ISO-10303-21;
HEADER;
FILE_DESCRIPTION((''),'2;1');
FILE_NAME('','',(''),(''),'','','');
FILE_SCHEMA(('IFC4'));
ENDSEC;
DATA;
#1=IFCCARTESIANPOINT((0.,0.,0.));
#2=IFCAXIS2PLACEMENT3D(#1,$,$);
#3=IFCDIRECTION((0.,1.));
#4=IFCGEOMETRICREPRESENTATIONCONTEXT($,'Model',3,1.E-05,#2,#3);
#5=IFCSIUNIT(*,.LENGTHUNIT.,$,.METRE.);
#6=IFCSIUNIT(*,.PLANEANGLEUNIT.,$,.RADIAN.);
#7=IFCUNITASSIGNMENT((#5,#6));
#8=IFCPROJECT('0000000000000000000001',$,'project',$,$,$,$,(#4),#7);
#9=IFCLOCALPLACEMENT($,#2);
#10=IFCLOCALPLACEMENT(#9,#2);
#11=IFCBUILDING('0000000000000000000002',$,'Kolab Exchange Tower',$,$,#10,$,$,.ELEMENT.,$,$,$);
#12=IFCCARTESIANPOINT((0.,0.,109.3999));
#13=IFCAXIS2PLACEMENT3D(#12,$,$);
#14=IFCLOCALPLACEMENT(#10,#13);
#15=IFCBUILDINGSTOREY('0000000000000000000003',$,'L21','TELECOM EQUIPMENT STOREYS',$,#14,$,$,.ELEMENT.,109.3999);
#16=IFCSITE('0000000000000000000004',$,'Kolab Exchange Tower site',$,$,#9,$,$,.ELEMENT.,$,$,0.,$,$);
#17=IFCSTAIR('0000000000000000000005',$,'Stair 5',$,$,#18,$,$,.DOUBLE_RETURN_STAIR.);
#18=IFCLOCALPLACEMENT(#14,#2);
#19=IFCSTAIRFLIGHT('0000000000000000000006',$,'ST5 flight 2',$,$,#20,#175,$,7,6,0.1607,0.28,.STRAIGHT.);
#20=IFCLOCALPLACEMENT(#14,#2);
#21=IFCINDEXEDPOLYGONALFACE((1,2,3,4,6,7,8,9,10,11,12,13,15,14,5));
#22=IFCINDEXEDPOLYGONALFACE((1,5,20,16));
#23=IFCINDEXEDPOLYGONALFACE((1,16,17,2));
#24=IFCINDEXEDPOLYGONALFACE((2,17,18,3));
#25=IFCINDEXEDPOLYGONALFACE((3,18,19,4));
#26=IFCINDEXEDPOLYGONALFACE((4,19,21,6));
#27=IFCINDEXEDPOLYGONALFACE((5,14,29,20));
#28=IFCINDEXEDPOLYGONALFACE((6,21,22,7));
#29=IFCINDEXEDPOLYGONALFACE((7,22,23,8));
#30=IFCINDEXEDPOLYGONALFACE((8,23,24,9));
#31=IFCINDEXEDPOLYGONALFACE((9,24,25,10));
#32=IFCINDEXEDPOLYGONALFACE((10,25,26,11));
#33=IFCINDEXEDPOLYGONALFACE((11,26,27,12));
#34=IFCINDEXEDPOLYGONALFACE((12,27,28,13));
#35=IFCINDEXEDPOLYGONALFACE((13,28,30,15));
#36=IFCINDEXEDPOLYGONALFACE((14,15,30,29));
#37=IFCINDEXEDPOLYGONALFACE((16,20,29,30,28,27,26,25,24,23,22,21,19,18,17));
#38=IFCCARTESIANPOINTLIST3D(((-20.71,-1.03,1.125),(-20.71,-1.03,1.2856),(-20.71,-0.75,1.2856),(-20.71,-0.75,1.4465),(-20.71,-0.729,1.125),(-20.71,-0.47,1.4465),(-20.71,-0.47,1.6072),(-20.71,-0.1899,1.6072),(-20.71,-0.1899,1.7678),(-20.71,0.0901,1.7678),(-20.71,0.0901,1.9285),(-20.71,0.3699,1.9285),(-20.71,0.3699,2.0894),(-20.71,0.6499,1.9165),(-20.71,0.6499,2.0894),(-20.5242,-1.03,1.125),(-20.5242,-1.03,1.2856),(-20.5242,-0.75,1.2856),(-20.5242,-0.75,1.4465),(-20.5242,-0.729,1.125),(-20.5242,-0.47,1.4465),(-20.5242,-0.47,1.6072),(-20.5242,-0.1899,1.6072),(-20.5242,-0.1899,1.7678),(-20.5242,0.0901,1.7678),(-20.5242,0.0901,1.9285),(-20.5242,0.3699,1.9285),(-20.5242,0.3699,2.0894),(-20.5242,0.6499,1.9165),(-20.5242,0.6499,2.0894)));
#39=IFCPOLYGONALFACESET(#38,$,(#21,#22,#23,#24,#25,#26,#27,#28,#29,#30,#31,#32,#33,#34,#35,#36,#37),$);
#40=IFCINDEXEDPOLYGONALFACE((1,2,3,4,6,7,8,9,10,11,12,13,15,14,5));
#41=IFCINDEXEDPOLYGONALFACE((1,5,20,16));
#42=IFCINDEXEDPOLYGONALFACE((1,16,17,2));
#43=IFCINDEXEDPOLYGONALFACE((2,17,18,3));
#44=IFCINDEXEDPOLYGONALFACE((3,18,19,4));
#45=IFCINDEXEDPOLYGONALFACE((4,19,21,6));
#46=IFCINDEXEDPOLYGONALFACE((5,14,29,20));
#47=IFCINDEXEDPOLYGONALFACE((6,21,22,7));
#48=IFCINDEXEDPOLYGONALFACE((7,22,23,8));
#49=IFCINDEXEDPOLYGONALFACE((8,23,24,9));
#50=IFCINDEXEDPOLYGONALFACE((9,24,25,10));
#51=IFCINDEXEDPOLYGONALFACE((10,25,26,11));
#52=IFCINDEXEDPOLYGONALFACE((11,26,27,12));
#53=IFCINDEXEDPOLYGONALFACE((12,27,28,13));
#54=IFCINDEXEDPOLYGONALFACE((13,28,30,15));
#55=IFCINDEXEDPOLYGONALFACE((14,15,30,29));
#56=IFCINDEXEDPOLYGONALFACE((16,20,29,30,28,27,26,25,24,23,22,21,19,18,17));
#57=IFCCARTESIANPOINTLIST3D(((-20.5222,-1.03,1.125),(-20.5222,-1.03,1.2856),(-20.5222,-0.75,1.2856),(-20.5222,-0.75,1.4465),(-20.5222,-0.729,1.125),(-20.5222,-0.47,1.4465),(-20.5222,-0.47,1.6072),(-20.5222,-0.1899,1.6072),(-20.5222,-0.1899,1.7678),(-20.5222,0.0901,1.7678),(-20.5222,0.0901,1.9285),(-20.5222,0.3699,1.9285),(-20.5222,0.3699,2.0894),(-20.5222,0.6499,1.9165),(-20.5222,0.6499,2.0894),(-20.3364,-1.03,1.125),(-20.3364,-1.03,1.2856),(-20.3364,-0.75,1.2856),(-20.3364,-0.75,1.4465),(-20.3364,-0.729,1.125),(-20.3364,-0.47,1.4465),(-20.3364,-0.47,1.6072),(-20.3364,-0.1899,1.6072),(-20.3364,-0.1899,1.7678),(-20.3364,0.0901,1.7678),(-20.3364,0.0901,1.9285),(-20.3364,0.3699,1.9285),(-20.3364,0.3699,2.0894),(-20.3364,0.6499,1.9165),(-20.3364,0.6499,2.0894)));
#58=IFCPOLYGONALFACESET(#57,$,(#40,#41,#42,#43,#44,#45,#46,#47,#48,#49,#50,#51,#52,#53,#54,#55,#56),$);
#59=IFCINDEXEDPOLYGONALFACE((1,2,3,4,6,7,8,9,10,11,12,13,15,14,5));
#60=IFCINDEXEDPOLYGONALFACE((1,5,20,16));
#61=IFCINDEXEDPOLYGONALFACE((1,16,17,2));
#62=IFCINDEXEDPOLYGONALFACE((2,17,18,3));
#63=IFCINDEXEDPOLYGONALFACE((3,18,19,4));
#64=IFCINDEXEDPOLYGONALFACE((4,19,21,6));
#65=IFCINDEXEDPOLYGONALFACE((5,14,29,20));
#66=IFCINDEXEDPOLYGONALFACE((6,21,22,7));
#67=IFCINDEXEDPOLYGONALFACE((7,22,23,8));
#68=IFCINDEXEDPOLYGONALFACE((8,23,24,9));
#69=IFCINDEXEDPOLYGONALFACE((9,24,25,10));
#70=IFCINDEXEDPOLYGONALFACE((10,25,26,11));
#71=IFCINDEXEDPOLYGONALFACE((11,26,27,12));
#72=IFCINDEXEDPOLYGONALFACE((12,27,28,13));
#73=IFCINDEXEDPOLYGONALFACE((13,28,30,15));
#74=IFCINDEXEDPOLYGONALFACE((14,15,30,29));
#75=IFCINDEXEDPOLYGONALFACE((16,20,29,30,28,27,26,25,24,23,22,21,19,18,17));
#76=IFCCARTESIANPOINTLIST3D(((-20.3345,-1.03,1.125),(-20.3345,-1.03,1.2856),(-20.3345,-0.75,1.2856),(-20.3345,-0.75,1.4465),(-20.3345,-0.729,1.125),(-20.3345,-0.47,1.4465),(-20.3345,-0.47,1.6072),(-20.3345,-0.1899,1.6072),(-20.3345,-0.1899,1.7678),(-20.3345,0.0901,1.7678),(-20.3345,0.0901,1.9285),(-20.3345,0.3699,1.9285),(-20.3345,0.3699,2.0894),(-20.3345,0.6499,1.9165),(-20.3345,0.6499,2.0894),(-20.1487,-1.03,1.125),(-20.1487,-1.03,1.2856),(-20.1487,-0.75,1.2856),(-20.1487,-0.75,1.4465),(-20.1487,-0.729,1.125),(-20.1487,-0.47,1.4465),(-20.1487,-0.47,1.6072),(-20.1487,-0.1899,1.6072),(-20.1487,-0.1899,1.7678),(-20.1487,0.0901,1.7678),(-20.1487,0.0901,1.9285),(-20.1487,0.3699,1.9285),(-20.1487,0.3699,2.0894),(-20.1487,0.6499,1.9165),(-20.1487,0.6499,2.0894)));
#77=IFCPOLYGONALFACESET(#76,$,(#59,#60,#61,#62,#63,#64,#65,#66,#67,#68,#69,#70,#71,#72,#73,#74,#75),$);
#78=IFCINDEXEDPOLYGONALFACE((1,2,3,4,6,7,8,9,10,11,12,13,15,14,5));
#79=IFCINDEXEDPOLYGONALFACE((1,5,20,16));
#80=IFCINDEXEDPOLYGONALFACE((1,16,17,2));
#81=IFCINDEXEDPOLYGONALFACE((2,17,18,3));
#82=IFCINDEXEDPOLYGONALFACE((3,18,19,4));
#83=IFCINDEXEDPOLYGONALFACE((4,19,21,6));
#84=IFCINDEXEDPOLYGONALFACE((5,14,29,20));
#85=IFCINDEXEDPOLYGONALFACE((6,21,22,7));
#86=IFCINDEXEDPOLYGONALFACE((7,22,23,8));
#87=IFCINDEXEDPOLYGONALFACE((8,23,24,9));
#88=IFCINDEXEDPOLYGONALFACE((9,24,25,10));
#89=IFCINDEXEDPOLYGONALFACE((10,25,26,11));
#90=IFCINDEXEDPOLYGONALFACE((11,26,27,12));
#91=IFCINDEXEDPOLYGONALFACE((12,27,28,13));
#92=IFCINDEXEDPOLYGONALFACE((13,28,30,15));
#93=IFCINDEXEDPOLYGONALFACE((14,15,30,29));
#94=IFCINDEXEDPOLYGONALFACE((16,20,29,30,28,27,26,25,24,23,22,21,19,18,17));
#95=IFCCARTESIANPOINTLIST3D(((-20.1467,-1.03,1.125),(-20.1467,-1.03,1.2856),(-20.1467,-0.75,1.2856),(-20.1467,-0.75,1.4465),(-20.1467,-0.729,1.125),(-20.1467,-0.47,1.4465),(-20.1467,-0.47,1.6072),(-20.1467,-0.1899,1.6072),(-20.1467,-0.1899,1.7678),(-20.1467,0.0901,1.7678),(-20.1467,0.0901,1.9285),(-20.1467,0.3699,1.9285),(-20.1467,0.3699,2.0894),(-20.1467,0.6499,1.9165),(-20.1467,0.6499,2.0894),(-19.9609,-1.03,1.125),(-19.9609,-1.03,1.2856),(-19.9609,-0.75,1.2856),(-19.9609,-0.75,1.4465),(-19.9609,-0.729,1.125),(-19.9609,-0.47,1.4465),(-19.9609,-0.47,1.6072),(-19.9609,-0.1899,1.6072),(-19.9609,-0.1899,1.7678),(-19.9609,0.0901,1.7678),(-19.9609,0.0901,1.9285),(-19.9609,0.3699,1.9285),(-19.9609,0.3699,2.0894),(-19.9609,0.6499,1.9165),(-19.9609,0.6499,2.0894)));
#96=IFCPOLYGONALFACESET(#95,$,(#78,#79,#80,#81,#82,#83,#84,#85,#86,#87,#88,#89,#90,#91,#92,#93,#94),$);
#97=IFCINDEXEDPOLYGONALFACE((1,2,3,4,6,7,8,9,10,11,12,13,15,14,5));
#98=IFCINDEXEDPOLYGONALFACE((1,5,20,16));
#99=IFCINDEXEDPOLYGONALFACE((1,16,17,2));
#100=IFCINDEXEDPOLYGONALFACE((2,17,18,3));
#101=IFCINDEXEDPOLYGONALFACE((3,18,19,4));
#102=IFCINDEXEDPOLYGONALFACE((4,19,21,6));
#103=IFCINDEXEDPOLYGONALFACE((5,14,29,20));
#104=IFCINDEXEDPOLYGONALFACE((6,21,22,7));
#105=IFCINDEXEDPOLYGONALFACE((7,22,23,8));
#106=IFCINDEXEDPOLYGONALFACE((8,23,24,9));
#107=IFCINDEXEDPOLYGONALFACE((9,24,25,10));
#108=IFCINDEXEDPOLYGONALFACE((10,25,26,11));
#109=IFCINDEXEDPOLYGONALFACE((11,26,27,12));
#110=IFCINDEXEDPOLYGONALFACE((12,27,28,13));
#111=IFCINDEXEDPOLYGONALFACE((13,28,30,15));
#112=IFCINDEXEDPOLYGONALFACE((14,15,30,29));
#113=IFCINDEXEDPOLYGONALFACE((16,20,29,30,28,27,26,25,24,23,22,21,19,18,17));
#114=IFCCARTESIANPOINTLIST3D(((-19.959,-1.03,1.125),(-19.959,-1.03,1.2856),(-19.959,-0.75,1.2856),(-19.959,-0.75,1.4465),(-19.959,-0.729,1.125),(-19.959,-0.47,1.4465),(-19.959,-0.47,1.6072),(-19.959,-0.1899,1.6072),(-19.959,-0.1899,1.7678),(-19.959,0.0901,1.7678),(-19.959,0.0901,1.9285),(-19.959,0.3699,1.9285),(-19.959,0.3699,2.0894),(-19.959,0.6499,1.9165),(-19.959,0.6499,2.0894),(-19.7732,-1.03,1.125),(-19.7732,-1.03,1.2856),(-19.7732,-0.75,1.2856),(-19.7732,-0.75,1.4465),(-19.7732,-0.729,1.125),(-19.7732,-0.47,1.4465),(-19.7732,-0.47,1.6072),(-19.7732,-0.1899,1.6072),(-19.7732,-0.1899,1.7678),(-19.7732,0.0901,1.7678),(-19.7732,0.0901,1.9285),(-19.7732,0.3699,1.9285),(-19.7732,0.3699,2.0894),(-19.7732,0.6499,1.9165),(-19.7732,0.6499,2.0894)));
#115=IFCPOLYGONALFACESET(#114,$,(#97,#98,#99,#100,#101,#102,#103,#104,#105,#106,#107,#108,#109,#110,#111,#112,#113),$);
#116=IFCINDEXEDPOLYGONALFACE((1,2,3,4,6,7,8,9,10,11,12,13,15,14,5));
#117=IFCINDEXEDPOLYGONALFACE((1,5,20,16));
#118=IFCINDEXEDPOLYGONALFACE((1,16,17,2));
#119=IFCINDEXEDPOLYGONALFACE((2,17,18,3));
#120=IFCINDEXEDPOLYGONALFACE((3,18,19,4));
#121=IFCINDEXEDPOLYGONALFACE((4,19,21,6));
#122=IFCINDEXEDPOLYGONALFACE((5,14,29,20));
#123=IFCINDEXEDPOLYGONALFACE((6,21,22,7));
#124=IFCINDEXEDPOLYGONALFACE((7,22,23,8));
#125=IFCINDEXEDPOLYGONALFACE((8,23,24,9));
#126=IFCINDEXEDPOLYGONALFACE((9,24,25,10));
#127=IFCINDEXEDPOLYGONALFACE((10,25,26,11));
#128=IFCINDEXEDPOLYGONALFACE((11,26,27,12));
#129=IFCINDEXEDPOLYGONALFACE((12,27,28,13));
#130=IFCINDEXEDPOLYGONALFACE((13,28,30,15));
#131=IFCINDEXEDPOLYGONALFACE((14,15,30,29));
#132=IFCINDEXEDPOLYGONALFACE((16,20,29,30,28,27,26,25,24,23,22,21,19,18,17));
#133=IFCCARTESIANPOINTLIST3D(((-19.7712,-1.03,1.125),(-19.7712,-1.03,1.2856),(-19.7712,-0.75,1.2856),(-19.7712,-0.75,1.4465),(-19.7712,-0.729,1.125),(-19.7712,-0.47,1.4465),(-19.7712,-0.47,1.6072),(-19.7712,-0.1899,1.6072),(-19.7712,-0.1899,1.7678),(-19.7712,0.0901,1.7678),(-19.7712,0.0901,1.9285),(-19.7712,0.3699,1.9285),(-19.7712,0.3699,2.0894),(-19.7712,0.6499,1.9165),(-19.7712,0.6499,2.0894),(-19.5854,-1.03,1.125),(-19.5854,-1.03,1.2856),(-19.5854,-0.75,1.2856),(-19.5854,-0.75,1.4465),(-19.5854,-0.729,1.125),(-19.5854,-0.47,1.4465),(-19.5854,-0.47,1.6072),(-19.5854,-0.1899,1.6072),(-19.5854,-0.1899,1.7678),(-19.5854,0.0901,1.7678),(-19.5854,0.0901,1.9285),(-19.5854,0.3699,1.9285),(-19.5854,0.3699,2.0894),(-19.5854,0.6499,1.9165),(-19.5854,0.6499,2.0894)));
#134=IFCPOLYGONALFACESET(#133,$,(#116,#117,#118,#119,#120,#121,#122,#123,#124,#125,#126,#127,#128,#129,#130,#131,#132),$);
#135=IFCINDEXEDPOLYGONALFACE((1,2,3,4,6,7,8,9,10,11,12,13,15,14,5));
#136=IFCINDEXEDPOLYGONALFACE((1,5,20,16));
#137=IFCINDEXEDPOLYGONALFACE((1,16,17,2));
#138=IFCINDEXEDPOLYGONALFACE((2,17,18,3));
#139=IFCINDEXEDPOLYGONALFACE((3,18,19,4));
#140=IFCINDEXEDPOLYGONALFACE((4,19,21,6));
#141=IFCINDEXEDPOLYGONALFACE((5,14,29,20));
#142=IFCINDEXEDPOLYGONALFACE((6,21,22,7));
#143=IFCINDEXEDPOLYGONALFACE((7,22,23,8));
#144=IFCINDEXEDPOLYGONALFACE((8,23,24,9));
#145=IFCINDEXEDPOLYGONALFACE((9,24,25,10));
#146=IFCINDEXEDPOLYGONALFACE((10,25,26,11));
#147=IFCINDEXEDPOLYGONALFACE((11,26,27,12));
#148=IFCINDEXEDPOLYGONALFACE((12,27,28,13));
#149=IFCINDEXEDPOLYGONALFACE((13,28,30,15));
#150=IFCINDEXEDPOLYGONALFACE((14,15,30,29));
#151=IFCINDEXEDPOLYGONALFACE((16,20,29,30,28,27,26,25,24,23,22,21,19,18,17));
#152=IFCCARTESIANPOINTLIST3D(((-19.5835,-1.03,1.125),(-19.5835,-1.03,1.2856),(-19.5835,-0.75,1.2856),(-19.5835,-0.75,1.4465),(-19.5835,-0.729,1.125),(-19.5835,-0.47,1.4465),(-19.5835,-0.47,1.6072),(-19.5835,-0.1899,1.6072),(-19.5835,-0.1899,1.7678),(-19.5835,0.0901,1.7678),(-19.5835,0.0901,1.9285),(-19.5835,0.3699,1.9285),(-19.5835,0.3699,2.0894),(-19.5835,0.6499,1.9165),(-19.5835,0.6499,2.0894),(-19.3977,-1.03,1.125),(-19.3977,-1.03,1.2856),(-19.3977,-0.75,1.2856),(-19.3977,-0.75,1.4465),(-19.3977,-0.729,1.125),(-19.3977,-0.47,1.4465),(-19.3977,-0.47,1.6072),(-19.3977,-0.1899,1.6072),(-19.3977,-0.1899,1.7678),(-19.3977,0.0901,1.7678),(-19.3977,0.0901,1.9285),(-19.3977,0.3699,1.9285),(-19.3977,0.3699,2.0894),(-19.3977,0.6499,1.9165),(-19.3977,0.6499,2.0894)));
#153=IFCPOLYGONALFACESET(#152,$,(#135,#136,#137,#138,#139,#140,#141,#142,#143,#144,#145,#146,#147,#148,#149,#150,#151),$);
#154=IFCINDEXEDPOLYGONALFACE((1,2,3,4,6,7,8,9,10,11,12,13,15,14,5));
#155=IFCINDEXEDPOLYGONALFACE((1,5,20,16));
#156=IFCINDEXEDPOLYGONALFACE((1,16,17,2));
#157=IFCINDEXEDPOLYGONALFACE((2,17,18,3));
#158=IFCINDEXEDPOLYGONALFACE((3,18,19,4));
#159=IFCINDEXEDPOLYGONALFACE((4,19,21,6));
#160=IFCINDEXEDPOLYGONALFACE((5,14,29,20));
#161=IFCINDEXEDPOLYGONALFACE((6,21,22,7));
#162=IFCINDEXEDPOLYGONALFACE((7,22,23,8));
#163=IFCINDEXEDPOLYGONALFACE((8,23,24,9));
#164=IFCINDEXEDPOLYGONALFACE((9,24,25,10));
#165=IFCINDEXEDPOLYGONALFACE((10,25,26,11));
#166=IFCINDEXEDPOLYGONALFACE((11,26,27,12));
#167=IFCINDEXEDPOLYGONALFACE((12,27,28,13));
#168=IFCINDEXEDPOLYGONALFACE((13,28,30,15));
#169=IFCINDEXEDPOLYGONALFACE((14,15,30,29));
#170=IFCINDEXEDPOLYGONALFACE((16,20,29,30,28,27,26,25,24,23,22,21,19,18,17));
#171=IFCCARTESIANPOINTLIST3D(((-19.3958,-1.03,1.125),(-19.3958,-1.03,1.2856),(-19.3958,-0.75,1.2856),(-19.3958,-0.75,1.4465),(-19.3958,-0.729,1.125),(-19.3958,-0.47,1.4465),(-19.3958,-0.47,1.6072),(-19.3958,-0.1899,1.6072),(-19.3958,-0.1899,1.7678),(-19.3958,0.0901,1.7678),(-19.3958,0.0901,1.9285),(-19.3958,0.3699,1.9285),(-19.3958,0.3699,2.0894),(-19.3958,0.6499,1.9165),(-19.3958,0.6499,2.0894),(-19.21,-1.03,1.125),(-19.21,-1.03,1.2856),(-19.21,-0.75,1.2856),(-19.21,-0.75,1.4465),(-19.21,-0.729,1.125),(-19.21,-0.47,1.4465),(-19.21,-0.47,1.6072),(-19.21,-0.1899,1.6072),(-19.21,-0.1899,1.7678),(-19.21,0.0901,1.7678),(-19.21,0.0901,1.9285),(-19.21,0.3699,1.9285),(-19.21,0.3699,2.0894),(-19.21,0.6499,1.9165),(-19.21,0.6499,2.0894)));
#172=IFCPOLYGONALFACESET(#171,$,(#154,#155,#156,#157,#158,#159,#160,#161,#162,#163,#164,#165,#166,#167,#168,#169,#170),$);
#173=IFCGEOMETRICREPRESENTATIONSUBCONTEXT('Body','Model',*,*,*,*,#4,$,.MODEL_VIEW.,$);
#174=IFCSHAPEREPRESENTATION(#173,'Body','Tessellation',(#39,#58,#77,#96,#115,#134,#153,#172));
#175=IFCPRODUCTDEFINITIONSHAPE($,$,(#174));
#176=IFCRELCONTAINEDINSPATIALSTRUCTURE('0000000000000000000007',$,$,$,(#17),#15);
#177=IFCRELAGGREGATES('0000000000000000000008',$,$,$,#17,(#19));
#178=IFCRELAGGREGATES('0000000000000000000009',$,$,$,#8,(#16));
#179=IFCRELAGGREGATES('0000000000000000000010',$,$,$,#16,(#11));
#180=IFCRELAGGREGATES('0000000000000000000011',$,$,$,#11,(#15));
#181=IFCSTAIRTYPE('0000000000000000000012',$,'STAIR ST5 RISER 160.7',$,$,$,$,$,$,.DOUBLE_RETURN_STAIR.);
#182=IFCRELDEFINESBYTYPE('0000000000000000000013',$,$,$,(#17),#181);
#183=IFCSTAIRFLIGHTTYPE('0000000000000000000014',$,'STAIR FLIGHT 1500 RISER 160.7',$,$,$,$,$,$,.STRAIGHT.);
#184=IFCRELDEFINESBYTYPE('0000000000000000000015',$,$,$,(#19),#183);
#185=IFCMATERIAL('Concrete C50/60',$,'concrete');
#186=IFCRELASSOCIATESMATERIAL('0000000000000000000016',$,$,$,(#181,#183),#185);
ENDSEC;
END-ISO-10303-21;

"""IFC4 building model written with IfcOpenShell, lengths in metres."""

from ifc_helpers import new_model, si_unit, direction, frame, origin, place, context, subcontext, project, spatial, polyline, outline, extrude, material, type_object, element, aggregate, save


model = new_model("IFC4")

# Units and contexts
model_context = context("Model", 3, precision=1e-05, world=origin(), true_north=direction((0.0, 1.0)))
body_context = subcontext(model_context, "Body", "Model", "MODEL_VIEW")
ifc_project = project(units=[si_unit("LENGTHUNIT", "METRE"), si_unit("PLANEANGLEUNIT", "RADIAN")], contexts=[model_context])

# Site, building, storey
site_placement = place(None, origin())
site = spatial("IfcSite", under=ifc_project, at=site_placement, Name="Kolab Exchange Tower site", CompositionType="ELEMENT", RefElevation=0.0)
building_placement = place(site_placement, origin())
building = spatial("IfcBuilding", under=site, at=building_placement, Name="Kolab Exchange Tower", CompositionType="ELEMENT")
storey_placement = place(building_placement, frame((0.0, 0.0, 109.3999)))
storey = spatial("IfcBuildingStorey", under=building, at=storey_placement, Name="L21", Description="TELECOM EQUIPMENT STOREYS", CompositionType="ELEMENT", Elevation=109.3999)

# Shared definitions
ifc_material_1 = material(Name="Concrete C50/60", Category="concrete")

# Stair, stair flight
stair_type = type_object("IfcStairType", Name="STAIR ST5 RISER 160.7", PredefinedType="DOUBLE_RETURN_STAIR", material=ifc_material_1)
stair_placement = place(storey_placement, origin())
stair = element("IfcStair", 1, at=stair_placement, inside=storey, type_object=stair_type, Name="Stair 5", PredefinedType="DOUBLE_RETURN_STAIR")
stair_flight_type = type_object("IfcStairFlightType", Name="STAIR FLIGHT 1500 RISER 160.7", PredefinedType="STRAIGHT", material=ifc_material_1)
stair_flight_1_placement = place(storey_placement, frame((-19.96, -1.03, 1.125), z_axis=(0.0, 0.0, 1.0), x_axis=(0.0, 1.0, 0.0)))
stair_flight_1 = element("IfcStairFlight", 2, at=stair_flight_1_placement, type_object=stair_flight_type, Name="ST5 flight 2", NumberOfRisers=7, NumberOfTreads=6, PredefinedType="STRAIGHT", RiserHeight=0.1607, TreadLength=0.28, context=body_context, shape_type="SweptSolid", body=[
    extrude(outline(polyline([(0.0, 0.0), (0.0, 0.1606), (0.28, 0.1606), (0.28, 0.3215), (0.5601, 0.3215), (0.5601, 0.4822), (0.8401, 0.4822), (0.8401, 0.6428), (1.1201, 0.6428), (1.1201, 0.8035), (1.3999, 0.8035), (1.3999, 0.9644), (1.6799, 0.9644), (1.6799, 1.125), (1.6799, 0.7915), (0.301, 0.0), (0.0, 0.0)])), frame((0.0, 0.75, 0.0), z_axis=(0.0, -1.0, 0.0), x_axis=(1.0, 0.0, 0.0)), (0.0, 0.0, 1.0), 0.1858),
    extrude(outline(polyline([(0.0, 0.0), (0.0, 0.1606), (0.28, 0.1606), (0.28, 0.3215), (0.5601, 0.3215), (0.5601, 0.4822), (0.8401, 0.4822), (0.8401, 0.6428), (1.1201, 0.6428), (1.1201, 0.8035), (1.3999, 0.8035), (1.3999, 0.9644), (1.6799, 0.9644), (1.6799, 1.125), (1.6799, 0.7915), (0.301, 0.0), (0.0, 0.0)])), frame((0.0, 0.5623, 0.0), z_axis=(0.0, -1.0, 0.0), x_axis=(1.0, 0.0, 0.0)), (0.0, 0.0, 1.0), 0.1858),
    extrude(outline(polyline([(0.0, 0.0), (0.0, 0.1606), (0.28, 0.1606), (0.28, 0.3215), (0.5601, 0.3215), (0.5601, 0.4822), (0.8401, 0.4822), (0.8401, 0.6428), (1.1201, 0.6428), (1.1201, 0.8035), (1.3999, 0.8035), (1.3999, 0.9644), (1.6799, 0.9644), (1.6799, 1.125), (1.6799, 0.7915), (0.301, 0.0), (0.0, 0.0)])), frame((0.0, 0.3745, 0.0), z_axis=(0.0, -1.0, 0.0), x_axis=(1.0, 0.0, 0.0)), (0.0, 0.0, 1.0), 0.1858),
    extrude(outline(polyline([(0.0, 0.0), (0.0, 0.1606), (0.28, 0.1606), (0.28, 0.3215), (0.5601, 0.3215), (0.5601, 0.4822), (0.8401, 0.4822), (0.8401, 0.6428), (1.1201, 0.6428), (1.1201, 0.8035), (1.3999, 0.8035), (1.3999, 0.9644), (1.6799, 0.9644), (1.6799, 1.125), (1.6799, 0.7915), (0.301, 0.0), (0.0, 0.0)])), frame((0.0, 0.1868, 0.0), z_axis=(0.0, -1.0, 0.0), x_axis=(1.0, 0.0, 0.0)), (0.0, 0.0, 1.0), 0.1858),
    extrude(outline(polyline([(0.0, 0.0), (0.0, 0.1606), (0.28, 0.1606), (0.28, 0.3215), (0.5601, 0.3215), (0.5601, 0.4822), (0.8401, 0.4822), (0.8401, 0.6428), (1.1201, 0.6428), (1.1201, 0.8035), (1.3999, 0.8035), (1.3999, 0.9644), (1.6799, 0.9644), (1.6799, 1.125), (1.6799, 0.7915), (0.301, 0.0), (0.0, 0.0)])), frame((0.0, -0.001, 0.0), z_axis=(0.0, -1.0, 0.0), x_axis=(1.0, 0.0, 0.0)), (0.0, 0.0, 1.0), 0.1858),
    extrude(outline(polyline([(0.0, 0.0), (0.0, 0.1606), (0.28, 0.1606), (0.28, 0.3215), (0.5601, 0.3215), (0.5601, 0.4822), (0.8401, 0.4822), (0.8401, 0.6428), (1.1201, 0.6428), (1.1201, 0.8035), (1.3999, 0.8035), (1.3999, 0.9644), (1.6799, 0.9644), (1.6799, 1.125), (1.6799, 0.7915), (0.301, 0.0), (0.0, 0.0)])), frame((0.0, -0.1887, 0.0), z_axis=(0.0, -1.0, 0.0), x_axis=(1.0, 0.0, 0.0)), (0.0, 0.0, 1.0), 0.1858),
    extrude(outline(polyline([(0.0, 0.0), (0.0, 0.1606), (0.28, 0.1606), (0.28, 0.3215), (0.5601, 0.3215), (0.5601, 0.4822), (0.8401, 0.4822), (0.8401, 0.6428), (1.1201, 0.6428), (1.1201, 0.8035), (1.3999, 0.8035), (1.3999, 0.9644), (1.6799, 0.9644), (1.6799, 1.125), (1.6799, 0.7915), (0.301, 0.0), (0.0, 0.0)])), frame((0.0, -0.3765, 0.0), z_axis=(0.0, -1.0, 0.0), x_axis=(1.0, 0.0, 0.0)), (0.0, 0.0, 1.0), 0.1858),
    extrude(outline(polyline([(0.0, 0.0), (0.0, 0.1606), (0.28, 0.1606), (0.28, 0.3215), (0.5601, 0.3215), (0.5601, 0.4822), (0.8401, 0.4822), (0.8401, 0.6428), (1.1201, 0.6428), (1.1201, 0.8035), (1.3999, 0.8035), (1.3999, 0.9644), (1.6799, 0.9644), (1.6799, 1.125), (1.6799, 0.7915), (0.301, 0.0), (0.0, 0.0)])), frame((0.0, -0.5642, 0.0), z_axis=(0.0, -1.0, 0.0), x_axis=(1.0, 0.0, 0.0)), (0.0, 0.0, 1.0), 0.1858),
])
aggregate(stair, [stair_flight_1])

save(model, "model.ifc")
